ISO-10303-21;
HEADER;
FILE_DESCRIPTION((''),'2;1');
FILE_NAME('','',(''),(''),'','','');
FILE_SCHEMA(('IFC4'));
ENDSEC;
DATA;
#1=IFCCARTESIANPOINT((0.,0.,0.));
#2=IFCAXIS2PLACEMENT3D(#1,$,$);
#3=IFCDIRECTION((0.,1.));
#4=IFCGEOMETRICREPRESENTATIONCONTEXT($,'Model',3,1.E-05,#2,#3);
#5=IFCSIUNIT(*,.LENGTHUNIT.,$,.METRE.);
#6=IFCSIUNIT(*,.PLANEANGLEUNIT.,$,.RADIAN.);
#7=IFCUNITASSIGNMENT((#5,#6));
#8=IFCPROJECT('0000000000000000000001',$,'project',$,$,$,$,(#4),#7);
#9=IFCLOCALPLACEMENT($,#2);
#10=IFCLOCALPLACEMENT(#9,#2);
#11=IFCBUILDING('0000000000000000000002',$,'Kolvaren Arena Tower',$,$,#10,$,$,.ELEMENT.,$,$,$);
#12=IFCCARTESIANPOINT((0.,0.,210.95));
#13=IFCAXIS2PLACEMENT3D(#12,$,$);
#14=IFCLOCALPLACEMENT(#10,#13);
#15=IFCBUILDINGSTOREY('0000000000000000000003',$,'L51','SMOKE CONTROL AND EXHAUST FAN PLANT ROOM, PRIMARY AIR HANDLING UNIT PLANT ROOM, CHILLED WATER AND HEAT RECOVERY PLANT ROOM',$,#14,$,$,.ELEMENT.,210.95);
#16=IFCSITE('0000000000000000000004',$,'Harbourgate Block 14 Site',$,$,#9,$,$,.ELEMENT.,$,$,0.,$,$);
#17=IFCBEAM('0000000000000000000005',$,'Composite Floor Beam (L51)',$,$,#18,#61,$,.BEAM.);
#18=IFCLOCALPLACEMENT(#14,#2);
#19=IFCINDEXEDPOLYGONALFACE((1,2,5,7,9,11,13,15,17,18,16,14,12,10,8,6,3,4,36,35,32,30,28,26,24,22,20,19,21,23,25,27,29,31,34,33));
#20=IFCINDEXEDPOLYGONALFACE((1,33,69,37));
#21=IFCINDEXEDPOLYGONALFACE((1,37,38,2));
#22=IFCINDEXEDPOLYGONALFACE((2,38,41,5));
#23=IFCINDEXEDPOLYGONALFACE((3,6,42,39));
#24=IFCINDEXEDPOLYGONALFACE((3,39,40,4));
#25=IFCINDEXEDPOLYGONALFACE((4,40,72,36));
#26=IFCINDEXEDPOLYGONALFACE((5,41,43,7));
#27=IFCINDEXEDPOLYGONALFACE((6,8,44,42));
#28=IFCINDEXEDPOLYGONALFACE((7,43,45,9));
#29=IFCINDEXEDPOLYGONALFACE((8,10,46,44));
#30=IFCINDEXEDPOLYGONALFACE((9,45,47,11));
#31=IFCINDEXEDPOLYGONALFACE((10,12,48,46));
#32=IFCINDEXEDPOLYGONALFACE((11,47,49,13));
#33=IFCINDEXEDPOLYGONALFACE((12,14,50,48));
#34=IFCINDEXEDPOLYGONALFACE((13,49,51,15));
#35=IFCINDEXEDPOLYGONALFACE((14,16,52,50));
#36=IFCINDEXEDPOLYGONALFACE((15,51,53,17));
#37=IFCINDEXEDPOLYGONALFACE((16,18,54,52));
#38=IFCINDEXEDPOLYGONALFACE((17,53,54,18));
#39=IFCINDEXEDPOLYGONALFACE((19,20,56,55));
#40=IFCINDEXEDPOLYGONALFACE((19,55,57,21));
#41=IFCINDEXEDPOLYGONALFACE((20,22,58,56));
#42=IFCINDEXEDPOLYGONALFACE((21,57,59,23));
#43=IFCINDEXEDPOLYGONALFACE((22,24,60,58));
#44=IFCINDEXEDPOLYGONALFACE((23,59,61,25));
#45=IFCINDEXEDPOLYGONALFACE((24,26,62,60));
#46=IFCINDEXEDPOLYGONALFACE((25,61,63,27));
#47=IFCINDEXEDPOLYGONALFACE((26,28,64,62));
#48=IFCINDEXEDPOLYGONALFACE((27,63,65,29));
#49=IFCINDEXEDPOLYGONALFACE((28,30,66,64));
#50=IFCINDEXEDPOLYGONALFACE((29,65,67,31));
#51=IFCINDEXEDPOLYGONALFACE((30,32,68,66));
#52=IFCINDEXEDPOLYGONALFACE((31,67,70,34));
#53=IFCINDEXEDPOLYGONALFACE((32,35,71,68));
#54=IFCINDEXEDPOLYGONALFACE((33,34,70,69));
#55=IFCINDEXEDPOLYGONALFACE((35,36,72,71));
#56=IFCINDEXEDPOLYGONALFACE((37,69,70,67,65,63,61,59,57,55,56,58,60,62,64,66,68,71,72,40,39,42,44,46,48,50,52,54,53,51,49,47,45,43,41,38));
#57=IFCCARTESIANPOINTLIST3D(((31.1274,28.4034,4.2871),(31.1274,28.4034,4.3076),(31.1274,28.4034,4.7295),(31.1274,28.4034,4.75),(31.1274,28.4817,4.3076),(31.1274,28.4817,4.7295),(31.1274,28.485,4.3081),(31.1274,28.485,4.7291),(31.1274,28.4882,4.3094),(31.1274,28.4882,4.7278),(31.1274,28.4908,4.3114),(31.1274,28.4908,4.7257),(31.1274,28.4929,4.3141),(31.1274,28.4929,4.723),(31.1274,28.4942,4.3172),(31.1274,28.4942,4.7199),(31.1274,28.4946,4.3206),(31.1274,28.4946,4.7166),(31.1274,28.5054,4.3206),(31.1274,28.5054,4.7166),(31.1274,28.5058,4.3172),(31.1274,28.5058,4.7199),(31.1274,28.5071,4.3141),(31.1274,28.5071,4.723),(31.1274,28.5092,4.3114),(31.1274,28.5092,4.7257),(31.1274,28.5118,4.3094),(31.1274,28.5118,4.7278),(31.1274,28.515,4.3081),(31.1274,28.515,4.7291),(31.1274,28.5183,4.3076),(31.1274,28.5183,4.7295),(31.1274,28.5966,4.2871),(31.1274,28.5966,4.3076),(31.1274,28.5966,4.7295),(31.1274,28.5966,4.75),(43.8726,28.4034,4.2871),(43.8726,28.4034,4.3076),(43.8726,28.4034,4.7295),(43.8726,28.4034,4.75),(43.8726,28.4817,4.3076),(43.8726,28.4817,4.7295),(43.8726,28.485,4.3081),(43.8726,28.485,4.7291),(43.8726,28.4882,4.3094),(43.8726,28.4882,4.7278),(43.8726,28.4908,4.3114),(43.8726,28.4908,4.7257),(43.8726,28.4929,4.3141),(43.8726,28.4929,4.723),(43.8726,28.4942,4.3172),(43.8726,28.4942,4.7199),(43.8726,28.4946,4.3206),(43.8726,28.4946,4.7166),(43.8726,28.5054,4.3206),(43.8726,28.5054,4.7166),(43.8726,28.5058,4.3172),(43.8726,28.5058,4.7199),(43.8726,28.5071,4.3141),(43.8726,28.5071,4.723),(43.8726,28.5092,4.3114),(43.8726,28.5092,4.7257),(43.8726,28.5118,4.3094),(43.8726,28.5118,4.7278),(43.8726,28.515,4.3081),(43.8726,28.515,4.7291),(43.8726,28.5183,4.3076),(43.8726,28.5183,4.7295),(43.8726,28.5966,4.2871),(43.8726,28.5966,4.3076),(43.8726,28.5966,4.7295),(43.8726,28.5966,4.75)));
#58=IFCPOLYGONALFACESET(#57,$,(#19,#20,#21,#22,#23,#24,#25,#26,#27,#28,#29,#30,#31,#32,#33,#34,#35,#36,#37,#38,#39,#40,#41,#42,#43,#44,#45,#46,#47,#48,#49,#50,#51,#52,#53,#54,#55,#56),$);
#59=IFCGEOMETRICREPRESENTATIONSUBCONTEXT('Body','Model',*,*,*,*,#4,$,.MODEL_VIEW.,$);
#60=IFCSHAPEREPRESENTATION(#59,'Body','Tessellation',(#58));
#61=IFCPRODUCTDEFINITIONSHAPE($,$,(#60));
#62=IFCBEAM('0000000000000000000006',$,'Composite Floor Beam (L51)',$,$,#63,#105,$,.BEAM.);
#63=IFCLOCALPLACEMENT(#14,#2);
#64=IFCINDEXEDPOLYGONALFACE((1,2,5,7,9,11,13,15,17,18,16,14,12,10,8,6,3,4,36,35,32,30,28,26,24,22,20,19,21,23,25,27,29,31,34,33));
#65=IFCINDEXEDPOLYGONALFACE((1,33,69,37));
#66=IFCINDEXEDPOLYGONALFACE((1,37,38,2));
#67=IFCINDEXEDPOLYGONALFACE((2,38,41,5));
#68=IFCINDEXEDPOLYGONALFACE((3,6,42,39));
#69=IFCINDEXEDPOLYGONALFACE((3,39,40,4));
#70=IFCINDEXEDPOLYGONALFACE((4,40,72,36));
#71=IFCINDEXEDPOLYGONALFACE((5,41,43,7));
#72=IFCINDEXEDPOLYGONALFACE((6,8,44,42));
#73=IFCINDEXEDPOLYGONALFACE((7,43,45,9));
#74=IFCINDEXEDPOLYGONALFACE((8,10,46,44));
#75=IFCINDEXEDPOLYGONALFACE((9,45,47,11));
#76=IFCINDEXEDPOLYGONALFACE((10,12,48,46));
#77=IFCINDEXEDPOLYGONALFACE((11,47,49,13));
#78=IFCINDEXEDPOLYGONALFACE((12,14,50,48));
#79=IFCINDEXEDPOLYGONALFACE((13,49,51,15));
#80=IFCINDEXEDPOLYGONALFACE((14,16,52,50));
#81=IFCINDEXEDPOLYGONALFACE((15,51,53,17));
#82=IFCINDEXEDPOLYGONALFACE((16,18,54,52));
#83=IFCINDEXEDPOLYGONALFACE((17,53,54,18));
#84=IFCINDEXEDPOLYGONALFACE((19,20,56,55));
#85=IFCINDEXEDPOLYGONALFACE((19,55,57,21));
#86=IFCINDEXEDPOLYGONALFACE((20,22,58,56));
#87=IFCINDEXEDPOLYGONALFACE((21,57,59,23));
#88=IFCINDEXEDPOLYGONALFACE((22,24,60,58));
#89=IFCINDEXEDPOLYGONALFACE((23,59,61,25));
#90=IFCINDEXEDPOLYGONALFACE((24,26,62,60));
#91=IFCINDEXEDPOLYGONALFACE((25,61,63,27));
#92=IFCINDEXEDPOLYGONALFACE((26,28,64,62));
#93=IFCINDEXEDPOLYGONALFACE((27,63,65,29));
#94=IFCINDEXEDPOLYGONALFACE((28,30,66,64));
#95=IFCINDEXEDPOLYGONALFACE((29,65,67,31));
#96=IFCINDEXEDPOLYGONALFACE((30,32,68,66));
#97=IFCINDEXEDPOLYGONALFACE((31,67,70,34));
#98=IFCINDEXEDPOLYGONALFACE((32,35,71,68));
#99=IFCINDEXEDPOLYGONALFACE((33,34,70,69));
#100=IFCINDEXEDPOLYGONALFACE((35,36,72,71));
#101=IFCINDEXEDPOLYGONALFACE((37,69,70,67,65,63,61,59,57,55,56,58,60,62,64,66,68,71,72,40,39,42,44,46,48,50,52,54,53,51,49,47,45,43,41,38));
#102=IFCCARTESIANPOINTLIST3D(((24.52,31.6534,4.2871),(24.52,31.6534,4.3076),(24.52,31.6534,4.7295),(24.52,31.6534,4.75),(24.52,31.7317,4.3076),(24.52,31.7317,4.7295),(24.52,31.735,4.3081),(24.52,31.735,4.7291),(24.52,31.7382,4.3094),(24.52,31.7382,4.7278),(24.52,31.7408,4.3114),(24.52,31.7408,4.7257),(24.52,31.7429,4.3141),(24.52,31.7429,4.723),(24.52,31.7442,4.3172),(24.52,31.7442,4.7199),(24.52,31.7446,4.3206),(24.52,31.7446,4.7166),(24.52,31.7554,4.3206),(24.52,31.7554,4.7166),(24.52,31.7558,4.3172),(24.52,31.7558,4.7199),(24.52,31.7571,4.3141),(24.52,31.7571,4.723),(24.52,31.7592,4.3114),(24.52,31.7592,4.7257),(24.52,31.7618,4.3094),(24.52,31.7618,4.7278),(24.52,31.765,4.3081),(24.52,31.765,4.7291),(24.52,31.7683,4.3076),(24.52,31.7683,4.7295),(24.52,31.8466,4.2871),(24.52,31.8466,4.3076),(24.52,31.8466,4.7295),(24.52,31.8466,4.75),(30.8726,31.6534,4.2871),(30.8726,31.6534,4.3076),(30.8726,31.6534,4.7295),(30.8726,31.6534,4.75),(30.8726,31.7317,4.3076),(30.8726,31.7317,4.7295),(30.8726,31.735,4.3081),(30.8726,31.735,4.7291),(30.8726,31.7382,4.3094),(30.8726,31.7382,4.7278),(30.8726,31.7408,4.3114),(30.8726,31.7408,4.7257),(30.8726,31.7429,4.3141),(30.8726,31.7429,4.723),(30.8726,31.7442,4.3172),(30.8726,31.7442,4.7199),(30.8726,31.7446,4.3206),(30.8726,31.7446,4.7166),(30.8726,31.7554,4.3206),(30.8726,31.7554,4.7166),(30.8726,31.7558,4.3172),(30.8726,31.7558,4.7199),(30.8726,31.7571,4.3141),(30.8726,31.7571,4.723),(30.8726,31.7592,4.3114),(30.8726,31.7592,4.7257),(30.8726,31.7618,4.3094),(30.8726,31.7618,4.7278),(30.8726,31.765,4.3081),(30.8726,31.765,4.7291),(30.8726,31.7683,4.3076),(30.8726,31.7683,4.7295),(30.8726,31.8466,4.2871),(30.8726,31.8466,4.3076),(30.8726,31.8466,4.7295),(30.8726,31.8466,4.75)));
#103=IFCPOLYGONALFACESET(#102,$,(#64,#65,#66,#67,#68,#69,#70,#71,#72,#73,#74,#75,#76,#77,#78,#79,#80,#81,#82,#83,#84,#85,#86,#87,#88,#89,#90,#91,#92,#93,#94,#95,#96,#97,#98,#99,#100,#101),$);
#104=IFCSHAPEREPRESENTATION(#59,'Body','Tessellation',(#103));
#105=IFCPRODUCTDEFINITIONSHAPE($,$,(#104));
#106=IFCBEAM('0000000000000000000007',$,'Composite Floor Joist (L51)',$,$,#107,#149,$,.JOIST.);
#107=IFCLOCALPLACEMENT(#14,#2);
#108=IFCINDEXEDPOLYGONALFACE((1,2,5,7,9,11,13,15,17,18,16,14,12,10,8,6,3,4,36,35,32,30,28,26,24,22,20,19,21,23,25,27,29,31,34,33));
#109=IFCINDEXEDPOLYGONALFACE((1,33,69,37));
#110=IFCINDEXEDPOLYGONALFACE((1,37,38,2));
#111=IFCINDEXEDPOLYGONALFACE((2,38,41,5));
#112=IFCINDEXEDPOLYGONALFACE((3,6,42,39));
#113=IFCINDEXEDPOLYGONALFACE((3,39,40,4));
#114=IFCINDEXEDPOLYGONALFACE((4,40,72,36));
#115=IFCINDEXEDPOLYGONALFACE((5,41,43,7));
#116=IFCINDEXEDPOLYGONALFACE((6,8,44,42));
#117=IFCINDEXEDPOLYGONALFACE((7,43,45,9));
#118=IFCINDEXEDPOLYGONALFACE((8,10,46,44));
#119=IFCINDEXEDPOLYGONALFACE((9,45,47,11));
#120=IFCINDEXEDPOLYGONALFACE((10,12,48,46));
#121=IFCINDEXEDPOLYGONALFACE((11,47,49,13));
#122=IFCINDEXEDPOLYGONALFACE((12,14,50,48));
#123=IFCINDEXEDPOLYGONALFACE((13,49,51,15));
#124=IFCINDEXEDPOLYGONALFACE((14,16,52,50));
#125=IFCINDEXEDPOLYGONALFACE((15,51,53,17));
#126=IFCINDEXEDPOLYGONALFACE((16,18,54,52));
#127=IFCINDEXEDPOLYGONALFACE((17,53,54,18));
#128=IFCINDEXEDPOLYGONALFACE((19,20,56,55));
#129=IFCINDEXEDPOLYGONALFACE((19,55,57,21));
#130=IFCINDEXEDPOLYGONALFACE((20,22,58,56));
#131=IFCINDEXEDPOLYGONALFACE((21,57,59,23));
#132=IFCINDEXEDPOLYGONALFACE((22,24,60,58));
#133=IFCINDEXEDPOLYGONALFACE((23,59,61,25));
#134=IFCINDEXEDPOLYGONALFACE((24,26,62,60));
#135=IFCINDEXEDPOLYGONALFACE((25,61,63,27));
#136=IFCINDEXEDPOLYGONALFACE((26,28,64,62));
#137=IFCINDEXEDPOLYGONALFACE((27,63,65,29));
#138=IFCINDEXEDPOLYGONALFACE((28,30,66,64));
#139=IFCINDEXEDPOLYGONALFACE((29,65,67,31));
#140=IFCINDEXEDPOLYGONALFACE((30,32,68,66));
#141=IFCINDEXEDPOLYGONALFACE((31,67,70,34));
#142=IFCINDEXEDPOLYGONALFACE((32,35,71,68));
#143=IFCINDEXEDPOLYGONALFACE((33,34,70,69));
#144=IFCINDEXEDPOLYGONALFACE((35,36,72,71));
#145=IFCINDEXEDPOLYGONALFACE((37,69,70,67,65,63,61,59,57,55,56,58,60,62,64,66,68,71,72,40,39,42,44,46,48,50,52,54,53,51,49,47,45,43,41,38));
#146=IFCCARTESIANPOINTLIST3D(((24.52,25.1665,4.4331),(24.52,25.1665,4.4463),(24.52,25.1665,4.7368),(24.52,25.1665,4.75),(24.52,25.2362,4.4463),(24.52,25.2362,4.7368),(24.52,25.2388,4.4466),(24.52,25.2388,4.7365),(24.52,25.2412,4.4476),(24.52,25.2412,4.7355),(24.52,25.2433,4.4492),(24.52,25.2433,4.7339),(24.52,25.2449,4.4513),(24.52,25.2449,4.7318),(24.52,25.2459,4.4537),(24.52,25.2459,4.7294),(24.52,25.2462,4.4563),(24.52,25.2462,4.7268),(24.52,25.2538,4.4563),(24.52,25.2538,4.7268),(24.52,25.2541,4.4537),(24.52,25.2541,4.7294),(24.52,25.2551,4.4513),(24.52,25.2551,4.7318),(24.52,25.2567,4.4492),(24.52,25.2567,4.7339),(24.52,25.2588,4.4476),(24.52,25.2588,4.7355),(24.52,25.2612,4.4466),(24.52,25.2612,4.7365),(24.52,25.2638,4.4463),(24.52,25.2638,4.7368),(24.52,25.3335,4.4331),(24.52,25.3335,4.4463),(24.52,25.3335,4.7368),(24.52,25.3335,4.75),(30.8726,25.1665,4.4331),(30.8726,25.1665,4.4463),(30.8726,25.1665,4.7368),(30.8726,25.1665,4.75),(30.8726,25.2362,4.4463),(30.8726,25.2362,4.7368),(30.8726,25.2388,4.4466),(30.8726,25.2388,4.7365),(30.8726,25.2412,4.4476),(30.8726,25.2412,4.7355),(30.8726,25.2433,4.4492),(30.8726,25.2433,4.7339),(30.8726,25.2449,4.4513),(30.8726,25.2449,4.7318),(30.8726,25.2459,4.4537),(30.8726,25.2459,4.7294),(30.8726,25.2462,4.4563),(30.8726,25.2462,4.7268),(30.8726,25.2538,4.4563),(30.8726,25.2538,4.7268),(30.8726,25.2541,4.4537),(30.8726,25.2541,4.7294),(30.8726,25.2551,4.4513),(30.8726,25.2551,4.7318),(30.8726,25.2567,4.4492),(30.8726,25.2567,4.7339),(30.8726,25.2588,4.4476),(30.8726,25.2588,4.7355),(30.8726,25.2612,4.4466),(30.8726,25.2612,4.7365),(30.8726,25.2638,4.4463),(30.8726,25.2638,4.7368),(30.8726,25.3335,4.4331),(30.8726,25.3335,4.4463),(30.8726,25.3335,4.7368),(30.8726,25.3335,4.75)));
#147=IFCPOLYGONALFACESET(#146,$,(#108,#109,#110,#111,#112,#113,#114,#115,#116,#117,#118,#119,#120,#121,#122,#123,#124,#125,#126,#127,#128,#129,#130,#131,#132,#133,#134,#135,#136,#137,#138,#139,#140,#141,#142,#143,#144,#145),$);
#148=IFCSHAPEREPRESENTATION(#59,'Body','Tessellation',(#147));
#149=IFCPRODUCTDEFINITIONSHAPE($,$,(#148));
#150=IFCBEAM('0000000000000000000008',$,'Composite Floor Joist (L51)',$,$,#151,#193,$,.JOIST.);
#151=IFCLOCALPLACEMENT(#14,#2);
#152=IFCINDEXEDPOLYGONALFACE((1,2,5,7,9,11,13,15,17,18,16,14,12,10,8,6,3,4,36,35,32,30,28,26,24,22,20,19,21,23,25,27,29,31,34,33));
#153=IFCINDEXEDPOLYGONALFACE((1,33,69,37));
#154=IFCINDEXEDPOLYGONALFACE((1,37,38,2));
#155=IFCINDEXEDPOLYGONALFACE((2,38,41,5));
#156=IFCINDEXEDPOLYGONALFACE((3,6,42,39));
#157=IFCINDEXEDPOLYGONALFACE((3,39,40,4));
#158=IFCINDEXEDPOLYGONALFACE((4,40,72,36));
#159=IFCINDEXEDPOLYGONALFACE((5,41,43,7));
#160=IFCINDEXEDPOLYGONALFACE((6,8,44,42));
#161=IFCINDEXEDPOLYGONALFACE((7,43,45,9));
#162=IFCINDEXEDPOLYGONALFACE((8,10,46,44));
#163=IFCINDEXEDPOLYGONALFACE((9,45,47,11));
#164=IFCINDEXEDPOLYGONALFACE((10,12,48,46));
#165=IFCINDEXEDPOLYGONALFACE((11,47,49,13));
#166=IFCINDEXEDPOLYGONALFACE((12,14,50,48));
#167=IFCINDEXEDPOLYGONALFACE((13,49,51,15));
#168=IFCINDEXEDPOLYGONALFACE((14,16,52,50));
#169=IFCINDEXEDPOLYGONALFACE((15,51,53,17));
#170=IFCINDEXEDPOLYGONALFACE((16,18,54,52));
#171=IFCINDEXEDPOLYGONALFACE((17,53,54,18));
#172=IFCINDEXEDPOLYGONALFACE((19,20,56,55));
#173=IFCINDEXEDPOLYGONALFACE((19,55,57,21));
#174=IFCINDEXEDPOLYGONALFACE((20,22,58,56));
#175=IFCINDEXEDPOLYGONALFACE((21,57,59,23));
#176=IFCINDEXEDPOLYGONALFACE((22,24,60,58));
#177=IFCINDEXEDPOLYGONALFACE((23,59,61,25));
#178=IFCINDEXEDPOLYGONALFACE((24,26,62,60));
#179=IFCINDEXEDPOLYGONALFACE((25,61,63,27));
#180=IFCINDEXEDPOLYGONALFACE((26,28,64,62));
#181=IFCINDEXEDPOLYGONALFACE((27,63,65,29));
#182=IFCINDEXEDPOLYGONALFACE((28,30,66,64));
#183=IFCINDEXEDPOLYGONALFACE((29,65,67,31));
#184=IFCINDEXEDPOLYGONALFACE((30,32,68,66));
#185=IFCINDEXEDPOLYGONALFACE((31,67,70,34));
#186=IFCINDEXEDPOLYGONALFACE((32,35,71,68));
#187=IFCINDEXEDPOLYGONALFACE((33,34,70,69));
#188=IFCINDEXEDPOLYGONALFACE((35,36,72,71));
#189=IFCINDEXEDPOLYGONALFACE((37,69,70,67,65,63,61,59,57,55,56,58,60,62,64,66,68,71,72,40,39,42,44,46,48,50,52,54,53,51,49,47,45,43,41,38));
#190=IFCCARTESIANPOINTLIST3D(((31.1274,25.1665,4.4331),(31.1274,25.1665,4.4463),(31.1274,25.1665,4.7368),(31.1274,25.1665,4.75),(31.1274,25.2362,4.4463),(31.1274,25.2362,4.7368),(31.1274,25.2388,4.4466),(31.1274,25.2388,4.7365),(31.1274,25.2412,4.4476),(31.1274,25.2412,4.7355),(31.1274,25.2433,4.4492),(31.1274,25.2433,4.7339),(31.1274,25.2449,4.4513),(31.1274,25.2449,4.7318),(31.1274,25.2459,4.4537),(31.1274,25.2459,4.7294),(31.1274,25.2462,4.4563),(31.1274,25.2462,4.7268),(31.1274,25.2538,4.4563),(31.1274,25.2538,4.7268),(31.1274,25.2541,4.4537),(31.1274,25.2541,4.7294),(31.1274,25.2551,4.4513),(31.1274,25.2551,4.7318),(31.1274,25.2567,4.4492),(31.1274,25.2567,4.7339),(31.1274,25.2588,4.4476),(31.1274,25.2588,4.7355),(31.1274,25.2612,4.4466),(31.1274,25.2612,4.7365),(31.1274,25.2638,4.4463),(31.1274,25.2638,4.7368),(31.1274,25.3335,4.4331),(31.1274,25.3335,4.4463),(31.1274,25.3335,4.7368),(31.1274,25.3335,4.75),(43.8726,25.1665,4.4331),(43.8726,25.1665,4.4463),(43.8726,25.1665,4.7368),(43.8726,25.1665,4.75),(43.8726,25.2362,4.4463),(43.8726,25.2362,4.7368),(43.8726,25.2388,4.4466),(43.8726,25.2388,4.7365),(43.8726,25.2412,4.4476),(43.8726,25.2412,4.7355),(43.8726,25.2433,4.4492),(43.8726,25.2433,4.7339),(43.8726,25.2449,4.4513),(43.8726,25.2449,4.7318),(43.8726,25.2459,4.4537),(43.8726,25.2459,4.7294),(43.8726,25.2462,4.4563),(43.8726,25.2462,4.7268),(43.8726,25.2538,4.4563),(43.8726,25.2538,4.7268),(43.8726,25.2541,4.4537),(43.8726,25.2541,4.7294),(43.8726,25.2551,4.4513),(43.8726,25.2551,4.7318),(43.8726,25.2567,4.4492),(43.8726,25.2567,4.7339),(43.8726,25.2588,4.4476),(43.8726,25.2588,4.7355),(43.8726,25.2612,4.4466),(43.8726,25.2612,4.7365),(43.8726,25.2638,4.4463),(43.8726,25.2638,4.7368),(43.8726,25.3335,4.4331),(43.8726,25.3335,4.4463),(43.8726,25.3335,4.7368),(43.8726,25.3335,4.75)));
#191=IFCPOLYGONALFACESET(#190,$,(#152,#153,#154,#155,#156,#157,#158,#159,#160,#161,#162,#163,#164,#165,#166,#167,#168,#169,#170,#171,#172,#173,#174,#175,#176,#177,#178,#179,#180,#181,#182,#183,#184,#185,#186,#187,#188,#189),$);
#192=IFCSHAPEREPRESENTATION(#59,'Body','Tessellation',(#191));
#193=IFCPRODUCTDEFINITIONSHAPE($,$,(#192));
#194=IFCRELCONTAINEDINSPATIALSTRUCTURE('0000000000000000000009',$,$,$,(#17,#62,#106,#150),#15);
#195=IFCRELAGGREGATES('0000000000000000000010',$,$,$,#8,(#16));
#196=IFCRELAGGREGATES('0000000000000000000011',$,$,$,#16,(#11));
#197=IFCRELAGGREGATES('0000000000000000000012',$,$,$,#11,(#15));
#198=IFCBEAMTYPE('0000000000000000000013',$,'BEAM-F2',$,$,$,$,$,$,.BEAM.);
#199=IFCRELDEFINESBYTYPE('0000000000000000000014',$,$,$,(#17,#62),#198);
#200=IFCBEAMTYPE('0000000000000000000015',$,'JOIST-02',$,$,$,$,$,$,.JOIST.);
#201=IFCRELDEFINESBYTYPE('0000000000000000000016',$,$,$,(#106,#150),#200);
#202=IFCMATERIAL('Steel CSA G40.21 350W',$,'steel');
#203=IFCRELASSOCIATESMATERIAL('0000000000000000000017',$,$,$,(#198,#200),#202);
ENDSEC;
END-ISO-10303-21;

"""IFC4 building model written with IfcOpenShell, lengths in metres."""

from ifc_helpers import new_model, si_unit, direction, frame, origin, origin_2d, place, context, subcontext, project, spatial, i_section, extrude, material, material_profile, profile_set, type_object, element, save


model = new_model("IFC4")

# Units and contexts
model_context = context("Model", 3, precision=1e-05, world=origin(), true_north=direction((0.0, 1.0)))
body_context = subcontext(model_context, "Body", "Model", "MODEL_VIEW")
ifc_project = project(units=[si_unit("LENGTHUNIT", "METRE"), si_unit("PLANEANGLEUNIT", "RADIAN")], contexts=[model_context])

# Site, building, storey
site_placement = place(None, origin())
site = spatial("IfcSite", under=ifc_project, at=site_placement, Name="Harbourgate Block 14 Site", CompositionType="ELEMENT", RefElevation=0.0)
building_placement = place(site_placement, origin())
building = spatial("IfcBuilding", under=site, at=building_placement, Name="Kolvaren Arena Tower", CompositionType="ELEMENT")
storey_placement = place(building_placement, frame((0.0, 0.0, 210.95)))
storey = spatial("IfcBuildingStorey", under=building, at=storey_placement, Name="L51", Description="SMOKE CONTROL AND EXHAUST FAN PLANT ROOM, PRIMARY AIR HANDLING UNIT PLANT ROOM, CHILLED WATER AND HEAT RECOVERY PLANT ROOM", CompositionType="ELEMENT", Elevation=210.95)

# Beams
ifc_material_1 = material(Name="Steel CSA G40.21 350W", Category="steel")
ifc_material_profile_1 = material_profile(ifc_material_1, i_section(OverallWidth=0.1931, OverallDepth=0.4629, WebThickness=0.0107, FlangeThickness=0.0205, FilletRadius=0.0129, at=origin_2d()), Name="W460x113")
ifc_profile_set_1 = profile_set([ifc_material_profile_1], Name="Steel CSA G40.21 350W")
beam_type_1 = type_object("IfcBeamType", Name="BEAM-F2", PredefinedType="BEAM", material=ifc_profile_set_1)
beam_1_placement = place(storey_placement, frame((31.1274, 28.5, 4.5186), z_axis=(1.0, 0.0, 0.0), x_axis=(0.0, 1.0, 0.0)))
element("IfcBeam", 1, at=beam_1_placement, inside=storey, type_object=beam_type_1, Name="Composite Floor Beam (L51)", PredefinedType="BEAM", context=body_context, shape_type="SweptSolid", body=[
    extrude(i_section(OverallWidth=0.1931, OverallDepth=0.4629, WebThickness=0.0107, FlangeThickness=0.0205, FilletRadius=0.0129, at=origin_2d()), origin(), (0.0, 0.0, 1.0), 12.7451),
])
beam_2_placement = place(storey_placement, frame((24.52, 31.75, 4.5186), z_axis=(1.0, 0.0, 0.0), x_axis=(0.0, 1.0, 0.0)))
element("IfcBeam", 2, at=beam_2_placement, inside=storey, type_object=beam_type_1, Name="Composite Floor Beam (L51)", PredefinedType="BEAM", context=body_context, shape_type="SweptSolid", body=[
    extrude(i_section(OverallWidth=0.1931, OverallDepth=0.4629, WebThickness=0.0107, FlangeThickness=0.0205, FilletRadius=0.0129, at=origin_2d()), origin(), (0.0, 0.0, 1.0), 6.3525),
])
ifc_material_profile_2 = material_profile(ifc_material_1, i_section(OverallWidth=0.167, OverallDepth=0.3169, WebThickness=0.0076, FlangeThickness=0.0132, FilletRadius=0.01, at=origin_2d()), Name="W310x52")
ifc_profile_set_2 = profile_set([ifc_material_profile_2], Name="Steel CSA G40.21 350W")
beam_type_2 = type_object("IfcBeamType", Name="JOIST-02", PredefinedType="JOIST", material=ifc_profile_set_2)
beam_3_placement = place(storey_placement, frame((24.52, 25.25, 4.5916), z_axis=(1.0, 0.0, 0.0), x_axis=(0.0, 1.0, 0.0)))
element("IfcBeam", 3, at=beam_3_placement, inside=storey, type_object=beam_type_2, Name="Composite Floor Joist (L51)", PredefinedType="JOIST", context=body_context, shape_type="SweptSolid", body=[
    extrude(i_section(OverallWidth=0.167, OverallDepth=0.3169, WebThickness=0.0076, FlangeThickness=0.0132, FilletRadius=0.01, at=origin_2d()), origin(), (0.0, 0.0, 1.0), 6.3525),
])
beam_4_placement = place(storey_placement, frame((31.1274, 25.25, 4.5916), z_axis=(1.0, 0.0, 0.0), x_axis=(0.0, 1.0, 0.0)))
element("IfcBeam", 4, at=beam_4_placement, inside=storey, type_object=beam_type_2, Name="Composite Floor Joist (L51)", PredefinedType="JOIST", context=body_context, shape_type="SweptSolid", body=[
    extrude(i_section(OverallWidth=0.167, OverallDepth=0.3169, WebThickness=0.0076, FlangeThickness=0.0132, FilletRadius=0.01, at=origin_2d()), origin(), (0.0, 0.0, 1.0), 12.7451),
])

save(model, "model.ifc")
